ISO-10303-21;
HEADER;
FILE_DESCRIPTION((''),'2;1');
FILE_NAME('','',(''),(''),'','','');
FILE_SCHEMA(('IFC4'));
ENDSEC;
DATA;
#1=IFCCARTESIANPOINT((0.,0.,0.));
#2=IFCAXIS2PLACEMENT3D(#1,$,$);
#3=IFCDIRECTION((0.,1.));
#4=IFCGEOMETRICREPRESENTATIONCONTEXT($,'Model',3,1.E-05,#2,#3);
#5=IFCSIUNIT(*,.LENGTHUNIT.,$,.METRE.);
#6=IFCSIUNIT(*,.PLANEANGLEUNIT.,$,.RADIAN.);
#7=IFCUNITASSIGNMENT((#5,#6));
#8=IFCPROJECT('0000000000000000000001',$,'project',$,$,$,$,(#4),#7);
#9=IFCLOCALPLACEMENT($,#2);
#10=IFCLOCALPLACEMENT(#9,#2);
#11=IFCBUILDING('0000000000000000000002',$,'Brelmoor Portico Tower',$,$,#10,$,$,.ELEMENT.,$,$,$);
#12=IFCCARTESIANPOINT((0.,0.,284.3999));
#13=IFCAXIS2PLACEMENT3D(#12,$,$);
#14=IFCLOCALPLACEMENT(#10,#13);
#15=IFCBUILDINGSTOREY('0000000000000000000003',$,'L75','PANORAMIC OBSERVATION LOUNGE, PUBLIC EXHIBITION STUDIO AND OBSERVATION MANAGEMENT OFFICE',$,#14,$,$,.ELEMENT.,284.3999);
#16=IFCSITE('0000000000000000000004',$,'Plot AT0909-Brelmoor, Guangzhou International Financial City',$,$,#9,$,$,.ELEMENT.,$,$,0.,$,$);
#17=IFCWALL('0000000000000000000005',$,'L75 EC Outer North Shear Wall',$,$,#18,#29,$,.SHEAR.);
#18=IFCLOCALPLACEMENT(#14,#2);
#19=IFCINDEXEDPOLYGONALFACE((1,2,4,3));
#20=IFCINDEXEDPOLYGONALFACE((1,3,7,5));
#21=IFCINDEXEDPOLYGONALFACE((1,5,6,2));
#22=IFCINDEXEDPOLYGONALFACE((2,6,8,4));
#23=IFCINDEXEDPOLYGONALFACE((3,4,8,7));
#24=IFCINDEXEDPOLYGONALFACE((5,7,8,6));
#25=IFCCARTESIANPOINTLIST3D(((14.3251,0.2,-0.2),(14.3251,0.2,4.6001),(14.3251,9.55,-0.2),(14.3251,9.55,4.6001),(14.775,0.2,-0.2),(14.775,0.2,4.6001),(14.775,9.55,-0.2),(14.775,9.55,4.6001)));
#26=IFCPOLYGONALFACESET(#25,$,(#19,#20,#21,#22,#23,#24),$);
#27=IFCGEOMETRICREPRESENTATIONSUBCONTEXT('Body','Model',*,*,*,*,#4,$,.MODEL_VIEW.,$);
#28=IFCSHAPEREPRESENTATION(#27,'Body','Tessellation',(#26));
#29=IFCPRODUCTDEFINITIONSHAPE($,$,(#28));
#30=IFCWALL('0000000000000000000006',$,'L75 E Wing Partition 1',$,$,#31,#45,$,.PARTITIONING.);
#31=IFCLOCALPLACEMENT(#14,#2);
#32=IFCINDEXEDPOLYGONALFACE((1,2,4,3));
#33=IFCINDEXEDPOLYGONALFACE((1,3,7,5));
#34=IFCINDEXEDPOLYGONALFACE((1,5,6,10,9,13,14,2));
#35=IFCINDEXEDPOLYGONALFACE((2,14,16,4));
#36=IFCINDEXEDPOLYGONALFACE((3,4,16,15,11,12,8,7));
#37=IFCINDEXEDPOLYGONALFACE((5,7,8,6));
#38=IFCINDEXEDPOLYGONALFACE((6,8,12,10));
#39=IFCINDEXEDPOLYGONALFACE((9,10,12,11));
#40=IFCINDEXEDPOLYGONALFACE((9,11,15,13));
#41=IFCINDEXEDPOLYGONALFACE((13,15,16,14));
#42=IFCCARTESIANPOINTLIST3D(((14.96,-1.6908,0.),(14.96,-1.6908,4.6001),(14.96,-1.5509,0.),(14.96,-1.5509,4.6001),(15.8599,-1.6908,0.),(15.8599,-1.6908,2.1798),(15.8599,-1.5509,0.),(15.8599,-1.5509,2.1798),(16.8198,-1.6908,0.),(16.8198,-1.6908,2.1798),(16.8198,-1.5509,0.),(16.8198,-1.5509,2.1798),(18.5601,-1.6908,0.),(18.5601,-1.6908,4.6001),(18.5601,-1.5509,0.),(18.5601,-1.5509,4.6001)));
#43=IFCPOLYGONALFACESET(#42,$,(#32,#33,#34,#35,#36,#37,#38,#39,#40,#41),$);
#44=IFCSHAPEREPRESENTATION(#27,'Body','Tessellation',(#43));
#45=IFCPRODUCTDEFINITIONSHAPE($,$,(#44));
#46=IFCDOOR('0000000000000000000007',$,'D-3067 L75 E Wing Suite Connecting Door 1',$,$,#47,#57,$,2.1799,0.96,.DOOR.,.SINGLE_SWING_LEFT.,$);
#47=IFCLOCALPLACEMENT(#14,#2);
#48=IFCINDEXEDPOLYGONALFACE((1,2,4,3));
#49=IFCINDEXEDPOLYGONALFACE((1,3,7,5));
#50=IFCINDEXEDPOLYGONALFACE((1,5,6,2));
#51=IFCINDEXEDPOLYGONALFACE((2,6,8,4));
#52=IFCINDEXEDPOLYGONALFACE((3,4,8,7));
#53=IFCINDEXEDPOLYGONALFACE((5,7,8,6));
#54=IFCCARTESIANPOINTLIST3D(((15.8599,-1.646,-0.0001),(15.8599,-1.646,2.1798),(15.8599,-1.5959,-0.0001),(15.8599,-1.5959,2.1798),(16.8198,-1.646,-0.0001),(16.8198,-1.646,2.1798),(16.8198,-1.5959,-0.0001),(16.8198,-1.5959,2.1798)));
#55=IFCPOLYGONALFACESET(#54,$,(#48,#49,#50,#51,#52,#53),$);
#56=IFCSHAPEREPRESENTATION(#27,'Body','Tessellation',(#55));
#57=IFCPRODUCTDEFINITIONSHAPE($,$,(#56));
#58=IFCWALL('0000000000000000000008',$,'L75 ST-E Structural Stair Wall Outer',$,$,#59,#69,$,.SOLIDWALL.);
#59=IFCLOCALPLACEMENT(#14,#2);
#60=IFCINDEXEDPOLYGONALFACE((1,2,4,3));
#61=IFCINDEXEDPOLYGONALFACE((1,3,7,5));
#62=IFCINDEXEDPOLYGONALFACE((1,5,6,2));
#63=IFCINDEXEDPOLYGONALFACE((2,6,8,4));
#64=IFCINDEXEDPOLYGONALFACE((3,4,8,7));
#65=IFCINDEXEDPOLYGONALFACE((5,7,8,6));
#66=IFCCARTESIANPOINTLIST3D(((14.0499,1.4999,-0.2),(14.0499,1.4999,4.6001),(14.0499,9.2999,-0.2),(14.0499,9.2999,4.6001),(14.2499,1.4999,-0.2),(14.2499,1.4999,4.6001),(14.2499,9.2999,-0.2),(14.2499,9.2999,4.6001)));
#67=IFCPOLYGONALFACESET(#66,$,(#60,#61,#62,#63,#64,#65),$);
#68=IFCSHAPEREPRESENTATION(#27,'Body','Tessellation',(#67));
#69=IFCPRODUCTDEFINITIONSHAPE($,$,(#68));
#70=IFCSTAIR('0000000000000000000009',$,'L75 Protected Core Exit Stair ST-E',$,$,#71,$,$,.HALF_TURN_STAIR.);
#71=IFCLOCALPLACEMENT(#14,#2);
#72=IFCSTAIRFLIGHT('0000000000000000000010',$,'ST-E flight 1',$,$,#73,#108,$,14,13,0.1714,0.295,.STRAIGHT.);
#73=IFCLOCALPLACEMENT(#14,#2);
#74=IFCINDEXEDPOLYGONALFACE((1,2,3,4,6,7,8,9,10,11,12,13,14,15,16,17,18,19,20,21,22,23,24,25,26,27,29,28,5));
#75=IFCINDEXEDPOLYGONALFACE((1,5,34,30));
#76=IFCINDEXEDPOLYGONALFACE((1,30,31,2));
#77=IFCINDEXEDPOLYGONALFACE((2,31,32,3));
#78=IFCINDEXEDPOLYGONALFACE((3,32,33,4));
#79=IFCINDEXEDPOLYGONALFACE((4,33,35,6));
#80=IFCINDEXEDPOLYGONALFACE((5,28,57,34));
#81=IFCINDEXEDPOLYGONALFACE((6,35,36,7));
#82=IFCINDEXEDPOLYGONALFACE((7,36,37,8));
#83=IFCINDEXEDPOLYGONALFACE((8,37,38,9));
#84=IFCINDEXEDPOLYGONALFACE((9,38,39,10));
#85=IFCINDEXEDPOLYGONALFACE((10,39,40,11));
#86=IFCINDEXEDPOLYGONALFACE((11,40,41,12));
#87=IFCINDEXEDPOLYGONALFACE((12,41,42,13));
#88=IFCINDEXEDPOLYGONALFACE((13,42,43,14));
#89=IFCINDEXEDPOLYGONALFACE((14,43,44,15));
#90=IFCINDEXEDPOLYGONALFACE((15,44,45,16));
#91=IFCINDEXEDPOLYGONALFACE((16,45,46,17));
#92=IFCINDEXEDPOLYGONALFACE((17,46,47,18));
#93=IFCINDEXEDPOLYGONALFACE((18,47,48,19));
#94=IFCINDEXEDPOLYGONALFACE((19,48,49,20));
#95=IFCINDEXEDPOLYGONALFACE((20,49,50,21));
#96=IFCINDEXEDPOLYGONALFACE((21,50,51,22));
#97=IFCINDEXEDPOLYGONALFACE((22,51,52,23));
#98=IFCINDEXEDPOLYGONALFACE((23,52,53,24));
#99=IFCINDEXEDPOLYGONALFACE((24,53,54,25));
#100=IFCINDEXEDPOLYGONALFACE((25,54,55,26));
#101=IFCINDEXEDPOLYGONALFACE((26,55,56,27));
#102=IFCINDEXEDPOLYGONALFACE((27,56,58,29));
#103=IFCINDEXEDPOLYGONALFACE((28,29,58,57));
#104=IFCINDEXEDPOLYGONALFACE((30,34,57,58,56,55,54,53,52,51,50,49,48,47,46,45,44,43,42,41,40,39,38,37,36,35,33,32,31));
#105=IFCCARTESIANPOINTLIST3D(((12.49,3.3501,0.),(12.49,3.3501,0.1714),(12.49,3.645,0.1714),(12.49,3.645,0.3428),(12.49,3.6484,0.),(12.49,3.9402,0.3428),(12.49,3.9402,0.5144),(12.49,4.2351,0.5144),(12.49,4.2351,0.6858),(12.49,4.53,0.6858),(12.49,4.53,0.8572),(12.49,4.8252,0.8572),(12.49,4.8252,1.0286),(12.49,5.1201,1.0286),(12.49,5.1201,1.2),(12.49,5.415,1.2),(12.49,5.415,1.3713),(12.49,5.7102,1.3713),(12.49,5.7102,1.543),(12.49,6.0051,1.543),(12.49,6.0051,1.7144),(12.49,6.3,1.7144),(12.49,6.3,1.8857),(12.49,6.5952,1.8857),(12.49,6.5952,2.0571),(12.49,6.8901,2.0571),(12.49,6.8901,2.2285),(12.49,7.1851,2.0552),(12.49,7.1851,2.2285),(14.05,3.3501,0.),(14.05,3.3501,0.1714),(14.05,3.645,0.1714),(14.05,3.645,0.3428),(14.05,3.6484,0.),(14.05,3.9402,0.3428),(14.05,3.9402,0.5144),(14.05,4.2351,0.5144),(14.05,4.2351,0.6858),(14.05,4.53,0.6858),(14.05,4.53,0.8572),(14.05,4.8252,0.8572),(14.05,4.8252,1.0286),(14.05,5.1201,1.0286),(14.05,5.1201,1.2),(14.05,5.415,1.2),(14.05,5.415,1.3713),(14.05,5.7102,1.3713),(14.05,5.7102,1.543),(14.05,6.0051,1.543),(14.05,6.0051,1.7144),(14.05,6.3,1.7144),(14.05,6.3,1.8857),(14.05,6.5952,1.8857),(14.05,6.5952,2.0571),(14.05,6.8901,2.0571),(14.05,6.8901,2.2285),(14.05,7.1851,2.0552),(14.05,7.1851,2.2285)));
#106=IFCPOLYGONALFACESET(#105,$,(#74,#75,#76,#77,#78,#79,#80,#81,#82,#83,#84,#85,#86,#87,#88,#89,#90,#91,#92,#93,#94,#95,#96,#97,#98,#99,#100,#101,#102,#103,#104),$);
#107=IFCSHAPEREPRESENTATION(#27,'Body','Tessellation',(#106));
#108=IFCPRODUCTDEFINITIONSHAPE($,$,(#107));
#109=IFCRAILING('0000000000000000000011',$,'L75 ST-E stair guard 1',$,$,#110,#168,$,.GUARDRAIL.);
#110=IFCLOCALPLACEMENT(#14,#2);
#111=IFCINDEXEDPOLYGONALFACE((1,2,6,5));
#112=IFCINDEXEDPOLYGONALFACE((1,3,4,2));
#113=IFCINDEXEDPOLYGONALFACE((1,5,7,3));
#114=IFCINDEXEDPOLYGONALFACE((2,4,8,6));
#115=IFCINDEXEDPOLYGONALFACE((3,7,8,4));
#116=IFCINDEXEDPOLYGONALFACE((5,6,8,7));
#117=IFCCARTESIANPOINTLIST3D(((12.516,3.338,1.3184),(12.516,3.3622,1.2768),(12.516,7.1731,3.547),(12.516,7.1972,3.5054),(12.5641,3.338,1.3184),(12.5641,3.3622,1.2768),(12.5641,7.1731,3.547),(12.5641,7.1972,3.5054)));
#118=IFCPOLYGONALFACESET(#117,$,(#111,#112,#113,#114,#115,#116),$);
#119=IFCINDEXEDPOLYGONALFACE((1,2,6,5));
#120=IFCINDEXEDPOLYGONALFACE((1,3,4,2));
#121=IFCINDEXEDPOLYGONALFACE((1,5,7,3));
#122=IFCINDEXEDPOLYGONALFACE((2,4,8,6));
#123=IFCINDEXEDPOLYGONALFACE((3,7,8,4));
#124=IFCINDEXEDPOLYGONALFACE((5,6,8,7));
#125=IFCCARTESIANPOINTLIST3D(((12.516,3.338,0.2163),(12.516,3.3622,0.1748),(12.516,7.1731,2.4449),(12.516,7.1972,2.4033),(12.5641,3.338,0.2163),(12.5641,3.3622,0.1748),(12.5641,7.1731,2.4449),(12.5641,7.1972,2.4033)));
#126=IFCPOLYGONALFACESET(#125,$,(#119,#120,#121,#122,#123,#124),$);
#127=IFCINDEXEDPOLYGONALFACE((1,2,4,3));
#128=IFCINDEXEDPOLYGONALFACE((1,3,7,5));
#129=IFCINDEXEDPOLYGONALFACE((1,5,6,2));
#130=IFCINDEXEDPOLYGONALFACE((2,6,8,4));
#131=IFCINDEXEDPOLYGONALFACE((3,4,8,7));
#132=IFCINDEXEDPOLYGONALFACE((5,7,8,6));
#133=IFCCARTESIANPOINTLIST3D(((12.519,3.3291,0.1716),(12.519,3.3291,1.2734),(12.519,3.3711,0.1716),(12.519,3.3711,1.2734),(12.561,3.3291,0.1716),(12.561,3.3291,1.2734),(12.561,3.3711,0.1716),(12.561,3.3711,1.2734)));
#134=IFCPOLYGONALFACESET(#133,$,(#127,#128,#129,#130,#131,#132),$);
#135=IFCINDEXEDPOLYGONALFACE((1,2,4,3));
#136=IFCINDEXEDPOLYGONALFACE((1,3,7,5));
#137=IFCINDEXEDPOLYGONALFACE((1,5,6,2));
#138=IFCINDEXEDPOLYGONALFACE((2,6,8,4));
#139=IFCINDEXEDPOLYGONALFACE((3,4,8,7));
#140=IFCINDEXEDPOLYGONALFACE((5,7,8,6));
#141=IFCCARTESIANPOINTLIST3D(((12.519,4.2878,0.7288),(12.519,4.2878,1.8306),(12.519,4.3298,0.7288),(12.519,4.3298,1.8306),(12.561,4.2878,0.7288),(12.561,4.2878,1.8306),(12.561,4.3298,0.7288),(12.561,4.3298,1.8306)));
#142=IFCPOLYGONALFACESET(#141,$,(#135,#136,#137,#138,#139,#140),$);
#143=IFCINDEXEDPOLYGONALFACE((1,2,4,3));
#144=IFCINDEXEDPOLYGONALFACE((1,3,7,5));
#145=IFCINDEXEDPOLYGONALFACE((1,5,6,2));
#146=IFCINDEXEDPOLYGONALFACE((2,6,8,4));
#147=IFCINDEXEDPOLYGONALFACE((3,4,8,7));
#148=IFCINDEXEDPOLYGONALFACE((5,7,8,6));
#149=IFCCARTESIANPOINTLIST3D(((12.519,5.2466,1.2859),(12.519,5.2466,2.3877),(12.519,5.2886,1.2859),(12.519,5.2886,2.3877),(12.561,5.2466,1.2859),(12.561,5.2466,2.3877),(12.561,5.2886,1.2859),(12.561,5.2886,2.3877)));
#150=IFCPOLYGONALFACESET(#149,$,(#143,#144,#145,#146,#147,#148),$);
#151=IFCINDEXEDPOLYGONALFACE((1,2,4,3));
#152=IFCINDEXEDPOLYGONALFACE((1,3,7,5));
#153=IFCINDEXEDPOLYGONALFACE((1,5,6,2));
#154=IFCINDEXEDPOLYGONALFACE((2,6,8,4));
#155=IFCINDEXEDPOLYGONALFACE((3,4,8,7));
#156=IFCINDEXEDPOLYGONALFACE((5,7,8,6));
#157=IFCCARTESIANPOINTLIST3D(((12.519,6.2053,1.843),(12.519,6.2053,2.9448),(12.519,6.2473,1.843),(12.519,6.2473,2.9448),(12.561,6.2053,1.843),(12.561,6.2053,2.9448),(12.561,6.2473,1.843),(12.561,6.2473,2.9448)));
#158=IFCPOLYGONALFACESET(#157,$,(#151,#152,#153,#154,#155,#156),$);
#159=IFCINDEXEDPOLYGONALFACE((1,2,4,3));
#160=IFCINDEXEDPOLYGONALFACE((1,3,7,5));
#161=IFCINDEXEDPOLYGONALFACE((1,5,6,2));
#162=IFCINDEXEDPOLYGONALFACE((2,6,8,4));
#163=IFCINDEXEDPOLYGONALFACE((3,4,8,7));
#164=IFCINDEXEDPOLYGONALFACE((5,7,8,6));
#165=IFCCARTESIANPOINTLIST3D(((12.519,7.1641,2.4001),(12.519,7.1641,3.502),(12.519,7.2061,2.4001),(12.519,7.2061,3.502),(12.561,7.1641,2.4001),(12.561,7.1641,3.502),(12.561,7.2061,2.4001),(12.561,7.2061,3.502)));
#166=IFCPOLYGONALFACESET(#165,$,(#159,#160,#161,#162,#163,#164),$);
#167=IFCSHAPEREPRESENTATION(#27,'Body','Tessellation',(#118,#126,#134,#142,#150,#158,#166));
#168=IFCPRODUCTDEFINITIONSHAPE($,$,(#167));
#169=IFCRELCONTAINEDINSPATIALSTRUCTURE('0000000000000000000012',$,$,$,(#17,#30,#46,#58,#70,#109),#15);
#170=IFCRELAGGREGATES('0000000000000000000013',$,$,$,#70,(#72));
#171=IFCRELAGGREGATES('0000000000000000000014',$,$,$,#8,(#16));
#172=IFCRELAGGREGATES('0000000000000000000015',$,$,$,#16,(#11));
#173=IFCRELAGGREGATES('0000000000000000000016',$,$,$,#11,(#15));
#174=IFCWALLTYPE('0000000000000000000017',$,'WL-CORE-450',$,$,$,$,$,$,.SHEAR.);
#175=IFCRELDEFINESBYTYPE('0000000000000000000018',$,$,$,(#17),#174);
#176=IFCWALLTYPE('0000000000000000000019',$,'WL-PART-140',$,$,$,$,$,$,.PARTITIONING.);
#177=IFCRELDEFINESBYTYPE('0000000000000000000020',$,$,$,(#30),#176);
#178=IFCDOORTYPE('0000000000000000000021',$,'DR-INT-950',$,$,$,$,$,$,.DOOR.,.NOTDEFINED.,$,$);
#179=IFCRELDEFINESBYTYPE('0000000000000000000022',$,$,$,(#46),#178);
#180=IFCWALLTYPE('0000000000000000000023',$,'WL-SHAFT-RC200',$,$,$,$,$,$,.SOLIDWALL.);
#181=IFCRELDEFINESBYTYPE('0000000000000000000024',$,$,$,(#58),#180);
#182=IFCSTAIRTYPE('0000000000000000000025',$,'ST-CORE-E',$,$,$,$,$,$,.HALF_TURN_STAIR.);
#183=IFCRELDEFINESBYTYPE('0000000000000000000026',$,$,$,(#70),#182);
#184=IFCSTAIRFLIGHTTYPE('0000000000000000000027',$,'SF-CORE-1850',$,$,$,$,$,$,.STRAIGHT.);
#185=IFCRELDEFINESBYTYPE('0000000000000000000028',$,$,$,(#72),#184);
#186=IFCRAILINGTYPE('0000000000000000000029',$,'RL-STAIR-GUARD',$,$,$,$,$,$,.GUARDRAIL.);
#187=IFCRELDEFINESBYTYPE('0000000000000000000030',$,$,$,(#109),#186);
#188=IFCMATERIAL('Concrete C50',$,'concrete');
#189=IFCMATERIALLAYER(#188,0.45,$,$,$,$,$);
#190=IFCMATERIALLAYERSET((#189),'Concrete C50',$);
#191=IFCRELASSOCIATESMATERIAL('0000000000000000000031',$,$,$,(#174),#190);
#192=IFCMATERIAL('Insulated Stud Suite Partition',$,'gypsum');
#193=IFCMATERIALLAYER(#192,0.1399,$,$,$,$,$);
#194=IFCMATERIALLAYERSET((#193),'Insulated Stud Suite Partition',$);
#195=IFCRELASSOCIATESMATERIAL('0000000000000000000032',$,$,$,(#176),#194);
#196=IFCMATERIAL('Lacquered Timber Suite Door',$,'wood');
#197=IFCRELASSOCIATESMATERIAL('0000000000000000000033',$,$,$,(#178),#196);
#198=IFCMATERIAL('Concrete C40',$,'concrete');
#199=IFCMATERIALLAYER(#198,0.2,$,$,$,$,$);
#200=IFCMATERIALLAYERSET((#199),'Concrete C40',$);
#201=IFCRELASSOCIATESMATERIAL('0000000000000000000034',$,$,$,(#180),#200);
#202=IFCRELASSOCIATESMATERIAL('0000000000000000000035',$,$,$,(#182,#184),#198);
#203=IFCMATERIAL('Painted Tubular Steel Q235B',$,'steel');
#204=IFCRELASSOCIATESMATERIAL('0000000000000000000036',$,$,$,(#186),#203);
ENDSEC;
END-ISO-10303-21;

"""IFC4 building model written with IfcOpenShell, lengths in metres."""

from ifc_helpers import new_model, si_unit, direction, frame, frame_2d, origin, origin_2d, place, context, subcontext, project, spatial, polyline, rectangle, outline, extrude, material, layer, layer_set, type_object, element, fill, aggregate, save


model = new_model("IFC4")

# Units and contexts
model_context = context("Model", 3, precision=1e-05, world=origin(), true_north=direction((0.0, 1.0)))
body_context = subcontext(model_context, "Body", "Model", "MODEL_VIEW")
ifc_project = project(units=[si_unit("LENGTHUNIT", "METRE"), si_unit("PLANEANGLEUNIT", "RADIAN")], contexts=[model_context])

# Site, building, storey
site_placement = place(None, origin())
site = spatial("IfcSite", under=ifc_project, at=site_placement, Name="Plot AT0909-Brelmoor, Guangzhou International Financial City", CompositionType="ELEMENT", RefElevation=0.0)
building_placement = place(site_placement, origin())
building = spatial("IfcBuilding", under=site, at=building_placement, Name="Brelmoor Portico Tower", CompositionType="ELEMENT")
storey_placement = place(building_placement, frame((0.0, 0.0, 284.3999)))
storey = spatial("IfcBuildingStorey", under=building, at=storey_placement, Name="L75", Description="PANORAMIC OBSERVATION LOUNGE, PUBLIC EXHIBITION STUDIO AND OBSERVATION MANAGEMENT OFFICE", CompositionType="ELEMENT", Elevation=284.3999)

# Wall
ifc_material_1 = material(Name="Concrete C50", Category="concrete")
ifc_layer_1 = layer(ifc_material_1, 0.45)
ifc_layer_set_1 = layer_set([ifc_layer_1], Name="Concrete C50")
wall_type_1 = type_object("IfcWallType", Name="WL-CORE-450", PredefinedType="SHEAR", material=ifc_layer_set_1)
wall_1_placement = place(storey_placement, frame((14.55, 0.2, -0.2), z_axis=(0.0, 0.0, 1.0), x_axis=(0.0, 1.0, 0.0)))
element("IfcWall", 1, at=wall_1_placement, inside=storey, type_object=wall_type_1, Name="L75 EC Outer North Shear Wall", PredefinedType="SHEAR", context=body_context, shape_type="SweptSolid", body=[
    extrude(rectangle(XDim=9.3501, YDim=0.45, at=frame_2d((4.675, 0.0))), origin(), (0.0, 0.0, 1.0), 4.8),
])

# Wall, opening, door
ifc_material_2 = material(Name="Insulated Stud Suite Partition", Category="gypsum")
ifc_layer_2 = layer(ifc_material_2, 0.1399)
ifc_layer_set_2 = layer_set([ifc_layer_2], Name="Insulated Stud Suite Partition")
wall_type_2 = type_object("IfcWallType", Name="WL-PART-140", PredefinedType="PARTITIONING", material=ifc_layer_set_2)
wall_2_placement = place(storey_placement, frame((14.96, -1.6208, 0.0), z_axis=(0.0, 0.0, 1.0), x_axis=(1.0, 0.0, 0.0)))
wall_2 = element("IfcWall", 2, at=wall_2_placement, inside=storey, type_object=wall_type_2, Name="L75 E Wing Partition 1", PredefinedType="PARTITIONING", context=body_context, shape_type="SweptSolid", body=[
    extrude(rectangle(XDim=3.6001, YDim=0.1399, at=frame_2d((1.8, 0.0))), origin(), (0.0, 0.0, 1.0), 4.6001),
])
opening_placement = place(wall_2_placement, frame((0.8999, 0.0, 0.0)))
opening = element("IfcOpeningElement", 3, at=opening_placement, cuts=wall_2, PredefinedType="OPENING", context=body_context, shape_type="SweptSolid", body=[
    extrude(rectangle(XDim=0.96, YDim=2.1799, at=frame_2d((0.48, 1.0898))), frame((0.0, 0.0798, 0.0), z_axis=(0.0, -1.0, 0.0), x_axis=(1.0, 0.0, 0.0)), (0.0, 0.0, 1.0), 0.1599),
])
ifc_material_3 = material(Name="Lacquered Timber Suite Door", Category="wood")
door_type = type_object("IfcDoorType", Name="DR-INT-950", OperationType="NOTDEFINED", PredefinedType="DOOR", material=ifc_material_3)
door_placement = place(opening_placement, origin())
door = element("IfcDoor", 4, at=door_placement, inside=storey, type_object=door_type, Name="D-3067 L75 E Wing Suite Connecting Door 1", OperationType="SINGLE_SWING_LEFT", OverallHeight=2.1799, OverallWidth=0.96, PredefinedType="DOOR", context=body_context, shape_type="SweptSolid", body=[
    extrude(rectangle(XDim=0.96, YDim=2.1799, at=frame_2d((0.48, 1.0898))), frame((0.0, 0.0249, 0.0), z_axis=(0.0, -1.0, 0.0), x_axis=(1.0, 0.0, 0.0)), (0.0, 0.0, 1.0), 0.05),
])
fill(opening, door)

# Wall
ifc_material_4 = material(Name="Concrete C40", Category="concrete")
ifc_layer_3 = layer(ifc_material_4, 0.2)
ifc_layer_set_3 = layer_set([ifc_layer_3], Name="Concrete C40")
wall_type_3 = type_object("IfcWallType", Name="WL-SHAFT-RC200", PredefinedType="SOLIDWALL", material=ifc_layer_set_3)
wall_3_placement = place(storey_placement, frame((14.1499, 1.5, -0.2), z_axis=(0.0, 0.0, 1.0), x_axis=(0.0, 1.0, 0.0)))
element("IfcWall", 5, at=wall_3_placement, inside=storey, type_object=wall_type_3, Name="L75 ST-E Structural Stair Wall Outer", PredefinedType="SOLIDWALL", context=body_context, shape_type="SweptSolid", body=[
    extrude(rectangle(XDim=7.8, YDim=0.2, at=frame_2d((3.8999, 0.0))), origin(), (0.0, 0.0, 1.0), 4.8),
])

# Stair, stair flight
stair_type = type_object("IfcStairType", Name="ST-CORE-E", PredefinedType="HALF_TURN_STAIR", material=ifc_material_4)
stair_placement = place(storey_placement, origin())
stair = element("IfcStair", 6, at=stair_placement, inside=storey, type_object=stair_type, Name="L75 Protected Core Exit Stair ST-E", PredefinedType="HALF_TURN_STAIR")
stair_flight_type = type_object("IfcStairFlightType", Name="SF-CORE-1850", PredefinedType="STRAIGHT", material=ifc_material_4)
stair_flight_placement = place(storey_placement, frame((13.27, 3.3501, 0.0), z_axis=(0.0, 0.0, 1.0), x_axis=(0.0, 1.0, 0.0)))
stair_flight = element("IfcStairFlight", 7, at=stair_flight_placement, type_object=stair_flight_type, Name="ST-E flight 1", NumberOfRisers=14, NumberOfTreads=13, PredefinedType="STRAIGHT", RiserHeight=0.1714, TreadLength=0.295, context=body_context, shape_type="SweptSolid", body=[
    extrude(outline(polyline([(0.0, 0.0), (0.0, 0.1714), (0.2949, 0.1714), (0.2949, 0.3428), (0.5901, 0.3428), (0.5901, 0.5144), (0.885, 0.5144), (0.885, 0.6858), (1.1799, 0.6858), (1.1799, 0.8572), (1.4751, 0.8572), (1.4751, 1.0286), (1.77, 1.0286), (1.77, 1.2), (2.0649, 1.2), (2.0649, 1.3713), (2.3601, 1.3713), (2.3601, 1.543), (2.655, 1.543), (2.655, 1.7144), (2.95, 1.7144), (2.95, 1.8857), (3.2451, 1.8857), (3.2451, 2.0571), (3.54, 2.0571), (3.54, 2.2285), (3.835, 2.2285), (3.835, 2.3999), (3.835, 2.0552), (0.2983, 0.0), (0.0, 0.0)])), frame((0.0, 0.78, 0.0), z_axis=(0.0, -1.0, 0.0), x_axis=(1.0, 0.0, 0.0)), (0.0, 0.0, 1.0), 1.5601),
])
aggregate(stair, [stair_flight])

# Railing
ifc_material_5 = material(Name="Painted Tubular Steel Q235B", Category="steel")
railing_type_1 = type_object("IfcRailingType", Name="RL-STAIR-GUARD", PredefinedType="GUARDRAIL", material=ifc_material_5)
railing_1_placement = place(storey_placement, frame((12.54, 3.3501, 0.1716)))
element("IfcRailing", 8, at=railing_1_placement, inside=storey, type_object=railing_type_1, Name="L75 ST-E stair guard 1", PredefinedType="GUARDRAIL", context=body_context, shape_type="SweptSolid", body=[
    extrude(rectangle(XDim=0.0481, YDim=0.0481, at=origin_2d()), frame((0.0, 0.0, 1.126), z_axis=(0.0, 0.864616, 0.502433), x_axis=(-1.0, 0.0, 0.0)), (0.0, 0.0, 1.0), 4.4355),
    extrude(rectangle(XDim=0.0481, YDim=0.0481, at=origin_2d()), frame((0.0, 0.0, 0.0239), z_axis=(0.0, 0.864616, 0.502433), x_axis=(-1.0, 0.0, 0.0)), (0.0, 0.0, 1.0), 4.4355),
    extrude(rectangle(XDim=0.042, YDim=0.042, at=origin_2d()), origin(), (0.0, 0.0, 1.0), 1.1018),
    extrude(rectangle(XDim=0.042, YDim=0.042, at=origin_2d()), frame((0.0, 0.9587, 0.5571)), (0.0, 0.0, 1.0), 1.1018),
    extrude(rectangle(XDim=0.042, YDim=0.042, at=origin_2d()), frame((0.0, 1.9175, 1.1143)), (0.0, 0.0, 1.0), 1.1018),
    extrude(rectangle(XDim=0.042, YDim=0.042, at=origin_2d()), frame((0.0, 2.8762, 1.6714)), (0.0, 0.0, 1.0), 1.1018),
    extrude(rectangle(XDim=0.042, YDim=0.042, at=origin_2d()), frame((0.0, 3.835, 2.2285)), (0.0, 0.0, 1.0), 1.1018),
])

save(model, "model.ifc")
